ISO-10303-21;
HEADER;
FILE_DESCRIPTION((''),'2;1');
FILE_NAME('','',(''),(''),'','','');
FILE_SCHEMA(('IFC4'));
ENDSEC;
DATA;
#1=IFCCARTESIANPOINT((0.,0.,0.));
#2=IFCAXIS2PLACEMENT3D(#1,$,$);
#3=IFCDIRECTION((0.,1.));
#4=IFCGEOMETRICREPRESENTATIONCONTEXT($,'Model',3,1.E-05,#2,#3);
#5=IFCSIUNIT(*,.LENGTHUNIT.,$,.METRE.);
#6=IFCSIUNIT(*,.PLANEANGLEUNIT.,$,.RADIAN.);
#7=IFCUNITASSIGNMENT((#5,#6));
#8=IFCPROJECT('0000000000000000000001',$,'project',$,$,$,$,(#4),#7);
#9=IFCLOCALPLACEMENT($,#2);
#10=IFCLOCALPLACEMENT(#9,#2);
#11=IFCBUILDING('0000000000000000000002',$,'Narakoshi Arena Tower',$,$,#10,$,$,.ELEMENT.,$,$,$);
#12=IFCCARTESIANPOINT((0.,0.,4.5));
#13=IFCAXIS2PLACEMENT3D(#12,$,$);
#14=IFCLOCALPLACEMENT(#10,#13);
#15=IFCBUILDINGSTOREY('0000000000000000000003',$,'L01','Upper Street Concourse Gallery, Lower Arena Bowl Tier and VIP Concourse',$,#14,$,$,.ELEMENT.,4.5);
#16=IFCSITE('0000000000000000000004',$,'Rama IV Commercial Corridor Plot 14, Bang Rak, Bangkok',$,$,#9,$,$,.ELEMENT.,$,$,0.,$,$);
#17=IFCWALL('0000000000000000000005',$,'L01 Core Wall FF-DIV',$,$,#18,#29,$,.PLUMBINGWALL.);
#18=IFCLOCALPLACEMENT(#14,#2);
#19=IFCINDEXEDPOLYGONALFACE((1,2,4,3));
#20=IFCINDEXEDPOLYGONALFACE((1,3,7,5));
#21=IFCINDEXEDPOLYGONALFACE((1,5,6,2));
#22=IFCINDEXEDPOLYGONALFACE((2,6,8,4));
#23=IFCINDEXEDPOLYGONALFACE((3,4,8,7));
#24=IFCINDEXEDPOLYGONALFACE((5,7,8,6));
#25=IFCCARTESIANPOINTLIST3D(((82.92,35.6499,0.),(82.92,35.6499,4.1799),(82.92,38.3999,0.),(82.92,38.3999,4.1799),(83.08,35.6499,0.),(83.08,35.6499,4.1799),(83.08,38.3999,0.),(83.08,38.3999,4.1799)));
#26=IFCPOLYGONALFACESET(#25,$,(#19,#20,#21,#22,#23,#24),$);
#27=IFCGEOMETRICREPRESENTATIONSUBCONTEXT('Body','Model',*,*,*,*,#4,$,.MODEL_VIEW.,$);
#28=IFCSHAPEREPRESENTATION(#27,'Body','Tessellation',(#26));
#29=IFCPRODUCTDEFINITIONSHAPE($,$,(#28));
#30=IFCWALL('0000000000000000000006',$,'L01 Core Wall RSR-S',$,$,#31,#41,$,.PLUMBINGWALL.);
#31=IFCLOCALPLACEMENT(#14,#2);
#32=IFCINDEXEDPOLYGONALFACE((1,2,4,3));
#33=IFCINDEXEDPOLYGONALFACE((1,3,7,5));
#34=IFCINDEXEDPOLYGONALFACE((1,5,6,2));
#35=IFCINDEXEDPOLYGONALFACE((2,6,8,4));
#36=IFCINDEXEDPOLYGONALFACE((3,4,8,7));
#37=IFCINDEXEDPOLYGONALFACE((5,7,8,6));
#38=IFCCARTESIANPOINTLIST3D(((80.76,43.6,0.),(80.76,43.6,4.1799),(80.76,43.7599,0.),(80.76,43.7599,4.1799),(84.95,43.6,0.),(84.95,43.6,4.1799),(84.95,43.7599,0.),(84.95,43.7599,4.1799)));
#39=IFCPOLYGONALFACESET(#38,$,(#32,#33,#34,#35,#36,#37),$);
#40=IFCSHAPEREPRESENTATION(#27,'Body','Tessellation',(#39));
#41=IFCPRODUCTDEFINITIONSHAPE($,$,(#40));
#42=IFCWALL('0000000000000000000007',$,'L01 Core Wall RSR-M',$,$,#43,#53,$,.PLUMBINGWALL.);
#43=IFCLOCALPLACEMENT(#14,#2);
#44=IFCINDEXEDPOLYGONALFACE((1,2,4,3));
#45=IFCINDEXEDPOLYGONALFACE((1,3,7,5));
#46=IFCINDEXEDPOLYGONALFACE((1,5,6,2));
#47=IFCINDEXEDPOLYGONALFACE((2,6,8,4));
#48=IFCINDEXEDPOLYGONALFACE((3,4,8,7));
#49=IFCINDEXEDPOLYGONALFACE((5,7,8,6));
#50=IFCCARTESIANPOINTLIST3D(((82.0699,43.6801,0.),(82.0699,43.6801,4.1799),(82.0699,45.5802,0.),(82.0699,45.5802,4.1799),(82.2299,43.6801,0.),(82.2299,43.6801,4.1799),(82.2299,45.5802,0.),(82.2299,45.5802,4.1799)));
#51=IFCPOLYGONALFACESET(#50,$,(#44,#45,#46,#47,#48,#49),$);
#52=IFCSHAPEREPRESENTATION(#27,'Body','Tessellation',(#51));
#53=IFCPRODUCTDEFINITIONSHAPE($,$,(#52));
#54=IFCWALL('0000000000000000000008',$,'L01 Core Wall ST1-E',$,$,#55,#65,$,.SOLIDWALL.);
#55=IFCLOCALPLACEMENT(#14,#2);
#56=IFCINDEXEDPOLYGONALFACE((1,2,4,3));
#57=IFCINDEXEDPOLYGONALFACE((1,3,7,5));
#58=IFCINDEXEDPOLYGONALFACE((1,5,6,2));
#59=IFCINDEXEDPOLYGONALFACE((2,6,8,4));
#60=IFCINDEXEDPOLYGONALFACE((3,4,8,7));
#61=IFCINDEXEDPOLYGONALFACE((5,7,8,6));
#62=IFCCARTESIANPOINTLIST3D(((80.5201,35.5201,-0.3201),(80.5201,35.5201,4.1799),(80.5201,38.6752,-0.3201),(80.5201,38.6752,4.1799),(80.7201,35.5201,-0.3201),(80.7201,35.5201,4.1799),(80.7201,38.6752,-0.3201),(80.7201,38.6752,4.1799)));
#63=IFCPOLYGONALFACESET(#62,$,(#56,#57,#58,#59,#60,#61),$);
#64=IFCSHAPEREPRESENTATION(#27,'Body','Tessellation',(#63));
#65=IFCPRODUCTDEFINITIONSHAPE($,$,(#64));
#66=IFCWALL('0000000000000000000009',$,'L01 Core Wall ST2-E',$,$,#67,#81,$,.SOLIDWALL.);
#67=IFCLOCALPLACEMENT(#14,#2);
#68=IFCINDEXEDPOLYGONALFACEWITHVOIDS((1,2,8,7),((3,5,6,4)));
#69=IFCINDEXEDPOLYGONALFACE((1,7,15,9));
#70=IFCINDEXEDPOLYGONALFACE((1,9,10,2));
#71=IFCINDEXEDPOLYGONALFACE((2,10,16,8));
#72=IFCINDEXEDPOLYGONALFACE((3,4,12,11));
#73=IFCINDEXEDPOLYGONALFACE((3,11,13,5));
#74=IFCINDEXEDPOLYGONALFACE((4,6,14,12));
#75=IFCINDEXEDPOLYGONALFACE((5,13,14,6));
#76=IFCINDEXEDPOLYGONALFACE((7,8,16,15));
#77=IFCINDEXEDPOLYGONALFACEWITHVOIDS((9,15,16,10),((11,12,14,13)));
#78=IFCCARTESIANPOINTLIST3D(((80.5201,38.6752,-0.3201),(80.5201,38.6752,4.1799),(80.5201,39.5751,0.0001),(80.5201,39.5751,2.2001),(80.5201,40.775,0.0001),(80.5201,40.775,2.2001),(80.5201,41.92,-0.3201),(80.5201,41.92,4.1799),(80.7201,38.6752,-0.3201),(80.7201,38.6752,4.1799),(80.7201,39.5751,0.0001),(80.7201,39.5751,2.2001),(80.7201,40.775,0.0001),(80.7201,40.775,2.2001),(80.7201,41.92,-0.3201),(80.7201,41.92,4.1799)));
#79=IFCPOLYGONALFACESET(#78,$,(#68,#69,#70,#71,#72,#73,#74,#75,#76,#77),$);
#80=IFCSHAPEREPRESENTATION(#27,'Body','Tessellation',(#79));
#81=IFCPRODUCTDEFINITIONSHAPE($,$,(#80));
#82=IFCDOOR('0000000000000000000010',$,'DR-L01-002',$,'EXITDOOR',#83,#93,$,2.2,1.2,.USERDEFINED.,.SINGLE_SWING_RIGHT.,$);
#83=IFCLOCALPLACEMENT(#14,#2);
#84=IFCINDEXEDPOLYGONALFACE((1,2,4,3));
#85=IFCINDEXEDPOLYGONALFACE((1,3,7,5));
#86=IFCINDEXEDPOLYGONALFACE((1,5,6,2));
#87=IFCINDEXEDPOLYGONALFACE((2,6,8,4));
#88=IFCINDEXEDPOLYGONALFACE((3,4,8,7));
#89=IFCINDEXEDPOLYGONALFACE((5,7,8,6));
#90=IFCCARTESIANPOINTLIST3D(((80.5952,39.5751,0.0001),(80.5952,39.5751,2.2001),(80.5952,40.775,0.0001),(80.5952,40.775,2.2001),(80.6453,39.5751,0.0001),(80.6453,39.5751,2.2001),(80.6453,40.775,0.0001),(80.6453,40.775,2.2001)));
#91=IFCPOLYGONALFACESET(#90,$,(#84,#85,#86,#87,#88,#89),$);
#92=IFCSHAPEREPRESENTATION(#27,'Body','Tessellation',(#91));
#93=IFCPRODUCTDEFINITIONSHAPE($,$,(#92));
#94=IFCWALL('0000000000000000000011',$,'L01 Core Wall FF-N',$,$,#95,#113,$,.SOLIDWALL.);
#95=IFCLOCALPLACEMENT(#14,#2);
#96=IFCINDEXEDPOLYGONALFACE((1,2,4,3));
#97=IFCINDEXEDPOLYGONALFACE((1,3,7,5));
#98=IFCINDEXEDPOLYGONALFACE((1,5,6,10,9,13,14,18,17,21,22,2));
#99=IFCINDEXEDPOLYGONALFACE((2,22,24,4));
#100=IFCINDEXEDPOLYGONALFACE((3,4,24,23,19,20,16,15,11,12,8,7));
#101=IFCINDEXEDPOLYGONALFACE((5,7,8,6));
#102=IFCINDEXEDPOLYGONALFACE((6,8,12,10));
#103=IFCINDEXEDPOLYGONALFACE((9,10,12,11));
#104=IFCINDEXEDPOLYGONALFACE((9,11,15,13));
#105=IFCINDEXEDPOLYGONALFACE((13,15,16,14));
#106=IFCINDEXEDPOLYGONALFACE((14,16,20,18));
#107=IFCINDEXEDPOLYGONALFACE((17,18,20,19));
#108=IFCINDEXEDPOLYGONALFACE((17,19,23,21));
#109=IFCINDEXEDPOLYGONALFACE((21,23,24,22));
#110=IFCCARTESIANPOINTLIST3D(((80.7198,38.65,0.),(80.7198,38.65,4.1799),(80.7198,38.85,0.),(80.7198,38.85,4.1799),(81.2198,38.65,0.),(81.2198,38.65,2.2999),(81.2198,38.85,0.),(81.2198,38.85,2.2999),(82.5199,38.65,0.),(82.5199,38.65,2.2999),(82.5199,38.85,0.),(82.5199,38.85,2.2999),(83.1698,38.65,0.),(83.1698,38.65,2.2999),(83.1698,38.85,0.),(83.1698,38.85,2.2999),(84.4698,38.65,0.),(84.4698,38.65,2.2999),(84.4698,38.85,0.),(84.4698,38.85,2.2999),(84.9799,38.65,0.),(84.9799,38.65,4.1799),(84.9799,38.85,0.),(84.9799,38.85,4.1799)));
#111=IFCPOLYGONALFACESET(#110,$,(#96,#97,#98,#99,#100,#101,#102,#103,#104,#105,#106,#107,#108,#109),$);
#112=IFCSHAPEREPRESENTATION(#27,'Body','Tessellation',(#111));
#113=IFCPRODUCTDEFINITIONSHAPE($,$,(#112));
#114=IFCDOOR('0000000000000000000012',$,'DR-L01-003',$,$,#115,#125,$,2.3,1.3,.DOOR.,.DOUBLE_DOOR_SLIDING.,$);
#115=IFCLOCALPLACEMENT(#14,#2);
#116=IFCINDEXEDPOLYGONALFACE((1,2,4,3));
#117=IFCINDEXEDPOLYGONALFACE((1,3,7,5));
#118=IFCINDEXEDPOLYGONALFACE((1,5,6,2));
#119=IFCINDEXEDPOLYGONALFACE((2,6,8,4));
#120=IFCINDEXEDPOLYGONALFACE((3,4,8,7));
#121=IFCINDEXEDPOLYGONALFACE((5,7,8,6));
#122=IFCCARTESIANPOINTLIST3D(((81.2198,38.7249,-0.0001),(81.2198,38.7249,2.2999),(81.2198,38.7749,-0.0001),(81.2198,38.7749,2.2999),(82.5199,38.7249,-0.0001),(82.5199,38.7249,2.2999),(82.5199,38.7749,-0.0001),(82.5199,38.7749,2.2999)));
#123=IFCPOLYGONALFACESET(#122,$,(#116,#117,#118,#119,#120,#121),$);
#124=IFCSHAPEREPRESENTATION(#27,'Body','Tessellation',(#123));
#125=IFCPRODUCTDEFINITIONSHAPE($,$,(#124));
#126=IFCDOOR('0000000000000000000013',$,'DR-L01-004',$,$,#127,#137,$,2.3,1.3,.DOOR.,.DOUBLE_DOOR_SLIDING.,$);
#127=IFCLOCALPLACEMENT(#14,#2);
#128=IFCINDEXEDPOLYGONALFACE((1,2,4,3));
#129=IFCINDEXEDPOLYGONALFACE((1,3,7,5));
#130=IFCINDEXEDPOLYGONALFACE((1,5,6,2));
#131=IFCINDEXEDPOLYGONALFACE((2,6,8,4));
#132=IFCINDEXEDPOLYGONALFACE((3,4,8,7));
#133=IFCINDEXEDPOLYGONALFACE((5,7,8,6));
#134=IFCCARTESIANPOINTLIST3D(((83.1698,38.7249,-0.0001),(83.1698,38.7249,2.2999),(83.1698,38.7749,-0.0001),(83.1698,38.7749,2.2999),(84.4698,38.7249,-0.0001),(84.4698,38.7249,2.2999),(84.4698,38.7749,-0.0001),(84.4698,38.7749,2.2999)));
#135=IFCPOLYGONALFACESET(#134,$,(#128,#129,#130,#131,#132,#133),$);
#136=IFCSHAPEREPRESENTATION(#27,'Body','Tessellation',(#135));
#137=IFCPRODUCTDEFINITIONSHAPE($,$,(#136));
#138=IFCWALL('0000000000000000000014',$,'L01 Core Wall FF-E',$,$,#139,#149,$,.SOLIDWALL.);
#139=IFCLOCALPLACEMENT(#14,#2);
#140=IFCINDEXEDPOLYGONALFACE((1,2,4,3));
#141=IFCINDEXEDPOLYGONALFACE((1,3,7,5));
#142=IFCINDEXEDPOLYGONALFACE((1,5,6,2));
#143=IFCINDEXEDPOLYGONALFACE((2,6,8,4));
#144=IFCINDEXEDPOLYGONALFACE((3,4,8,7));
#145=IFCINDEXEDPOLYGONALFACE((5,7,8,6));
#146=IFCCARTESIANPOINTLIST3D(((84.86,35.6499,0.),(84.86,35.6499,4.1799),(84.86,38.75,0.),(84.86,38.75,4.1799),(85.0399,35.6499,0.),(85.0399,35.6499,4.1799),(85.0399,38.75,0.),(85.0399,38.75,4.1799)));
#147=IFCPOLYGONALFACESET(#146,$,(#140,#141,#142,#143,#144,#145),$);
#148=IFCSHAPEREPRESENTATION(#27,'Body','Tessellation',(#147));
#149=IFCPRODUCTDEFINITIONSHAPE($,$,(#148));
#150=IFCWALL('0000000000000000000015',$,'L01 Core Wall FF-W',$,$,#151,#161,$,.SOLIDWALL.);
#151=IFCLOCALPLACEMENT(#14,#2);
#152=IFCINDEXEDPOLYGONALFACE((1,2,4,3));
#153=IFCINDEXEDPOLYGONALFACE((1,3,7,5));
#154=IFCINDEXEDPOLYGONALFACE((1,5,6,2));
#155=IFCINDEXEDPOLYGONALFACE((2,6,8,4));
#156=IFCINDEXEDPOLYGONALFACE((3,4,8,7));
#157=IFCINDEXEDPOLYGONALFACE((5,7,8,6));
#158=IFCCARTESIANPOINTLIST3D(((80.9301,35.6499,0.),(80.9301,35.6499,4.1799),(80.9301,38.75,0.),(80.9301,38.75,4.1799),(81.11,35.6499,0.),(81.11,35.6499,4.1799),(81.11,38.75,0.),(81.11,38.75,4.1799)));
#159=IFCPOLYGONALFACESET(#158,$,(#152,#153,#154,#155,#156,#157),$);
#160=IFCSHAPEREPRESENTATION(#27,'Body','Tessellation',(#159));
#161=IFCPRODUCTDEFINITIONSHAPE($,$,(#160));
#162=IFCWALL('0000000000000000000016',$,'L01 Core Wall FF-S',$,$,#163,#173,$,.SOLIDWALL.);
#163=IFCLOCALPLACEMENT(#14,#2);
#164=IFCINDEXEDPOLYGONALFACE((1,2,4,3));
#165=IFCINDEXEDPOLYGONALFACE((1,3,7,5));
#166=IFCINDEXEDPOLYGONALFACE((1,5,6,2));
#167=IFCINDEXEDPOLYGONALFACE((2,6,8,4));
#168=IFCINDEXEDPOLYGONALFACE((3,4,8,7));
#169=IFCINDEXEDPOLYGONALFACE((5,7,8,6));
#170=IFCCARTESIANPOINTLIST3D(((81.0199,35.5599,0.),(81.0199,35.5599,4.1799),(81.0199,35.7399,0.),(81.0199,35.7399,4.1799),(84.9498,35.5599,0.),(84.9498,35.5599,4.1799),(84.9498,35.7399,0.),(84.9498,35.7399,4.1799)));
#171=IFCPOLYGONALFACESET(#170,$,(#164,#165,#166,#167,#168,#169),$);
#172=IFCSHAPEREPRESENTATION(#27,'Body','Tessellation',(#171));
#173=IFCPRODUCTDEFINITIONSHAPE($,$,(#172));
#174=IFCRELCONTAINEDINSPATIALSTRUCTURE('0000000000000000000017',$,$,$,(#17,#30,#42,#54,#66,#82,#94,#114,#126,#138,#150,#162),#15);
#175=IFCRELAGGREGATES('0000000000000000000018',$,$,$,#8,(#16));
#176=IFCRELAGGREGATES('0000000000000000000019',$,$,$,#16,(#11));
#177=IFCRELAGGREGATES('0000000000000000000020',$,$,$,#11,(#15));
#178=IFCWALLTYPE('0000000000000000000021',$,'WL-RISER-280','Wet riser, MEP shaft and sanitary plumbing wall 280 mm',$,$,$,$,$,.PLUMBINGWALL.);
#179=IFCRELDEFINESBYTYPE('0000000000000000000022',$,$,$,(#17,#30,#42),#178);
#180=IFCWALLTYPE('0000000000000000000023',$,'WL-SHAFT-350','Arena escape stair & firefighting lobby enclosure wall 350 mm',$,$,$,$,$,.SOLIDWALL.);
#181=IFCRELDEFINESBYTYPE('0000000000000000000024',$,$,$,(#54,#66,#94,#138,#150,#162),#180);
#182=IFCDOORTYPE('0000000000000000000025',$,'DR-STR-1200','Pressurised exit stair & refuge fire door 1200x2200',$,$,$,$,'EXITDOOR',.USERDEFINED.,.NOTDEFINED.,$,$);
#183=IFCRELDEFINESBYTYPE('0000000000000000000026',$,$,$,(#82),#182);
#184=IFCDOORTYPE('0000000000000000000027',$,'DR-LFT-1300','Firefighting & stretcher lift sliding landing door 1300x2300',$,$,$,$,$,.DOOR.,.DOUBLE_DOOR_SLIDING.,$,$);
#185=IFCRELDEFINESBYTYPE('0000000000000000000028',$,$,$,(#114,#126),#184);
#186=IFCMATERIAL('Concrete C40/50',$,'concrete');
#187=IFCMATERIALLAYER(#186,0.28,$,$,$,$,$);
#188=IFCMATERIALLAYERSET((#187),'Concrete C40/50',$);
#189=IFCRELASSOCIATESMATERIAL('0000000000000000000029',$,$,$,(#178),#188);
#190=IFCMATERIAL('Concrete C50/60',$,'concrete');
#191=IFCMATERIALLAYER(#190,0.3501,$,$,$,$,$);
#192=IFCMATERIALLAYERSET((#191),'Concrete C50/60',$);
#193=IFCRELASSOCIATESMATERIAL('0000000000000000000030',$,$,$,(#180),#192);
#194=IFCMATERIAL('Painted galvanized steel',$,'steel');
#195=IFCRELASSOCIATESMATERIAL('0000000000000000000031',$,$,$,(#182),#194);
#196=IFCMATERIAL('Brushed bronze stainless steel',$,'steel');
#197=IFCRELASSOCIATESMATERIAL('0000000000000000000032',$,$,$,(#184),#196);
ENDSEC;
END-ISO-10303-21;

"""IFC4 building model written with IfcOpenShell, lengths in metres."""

from ifc_helpers import new_model, si_unit, direction, frame, frame_2d, origin, place, context, subcontext, project, spatial, rectangle, extrude, material, layer, layer_set, type_object, element, fill, save


model = new_model("IFC4")

# Units and contexts
model_context = context("Model", 3, precision=1e-05, world=origin(), true_north=direction((0.0, 1.0)))
body_context = subcontext(model_context, "Body", "Model", "MODEL_VIEW")
ifc_project = project(units=[si_unit("LENGTHUNIT", "METRE"), si_unit("PLANEANGLEUNIT", "RADIAN")], contexts=[model_context])

# Site, building, storey
site_placement = place(None, origin())
site = spatial("IfcSite", under=ifc_project, at=site_placement, Name="Rama IV Commercial Corridor Plot 14, Bang Rak, Bangkok", CompositionType="ELEMENT", RefElevation=0.0)
building_placement = place(site_placement, origin())
building = spatial("IfcBuilding", under=site, at=building_placement, Name="Narakoshi Arena Tower", CompositionType="ELEMENT")
storey_placement = place(building_placement, frame((0.0, 0.0, 4.5)))
storey = spatial("IfcBuildingStorey", under=building, at=storey_placement, Name="L01", Description="Upper Street Concourse Gallery, Lower Arena Bowl Tier and VIP Concourse", CompositionType="ELEMENT", Elevation=4.5)

# Walls
ifc_material_1 = material(Name="Concrete C40/50", Category="concrete")
ifc_layer_1 = layer(ifc_material_1, 0.28)
ifc_layer_set_1 = layer_set([ifc_layer_1], Name="Concrete C40/50")
wall_type_1 = type_object("IfcWallType", Name="WL-RISER-280", Description="Wet riser, MEP shaft and sanitary plumbing wall 280 mm", PredefinedType="PLUMBINGWALL", material=ifc_layer_set_1)
wall_1_placement = place(storey_placement, frame((83.0, 35.6499, 0.0), z_axis=(0.0, 0.0, 1.0), x_axis=(0.0, 1.0, 0.0)))
element("IfcWall", 1, at=wall_1_placement, inside=storey, type_object=wall_type_1, Name="L01 Core Wall FF-DIV", PredefinedType="PLUMBINGWALL", context=body_context, shape_type="SweptSolid", body=[
    extrude(rectangle(XDim=2.75, YDim=0.1599, at=frame_2d((1.375, 0.0))), origin(), (0.0, 0.0, 1.0), 4.1799),
])
wall_2_placement = place(storey_placement, frame((80.76, 43.6799, 0.0), z_axis=(0.0, 0.0, 1.0), x_axis=(1.0, 0.0, 0.0)))
element("IfcWall", 2, at=wall_2_placement, inside=storey, type_object=wall_type_1, Name="L01 Core Wall RSR-S", PredefinedType="PLUMBINGWALL", context=body_context, shape_type="SweptSolid", body=[
    extrude(rectangle(XDim=4.1899, YDim=0.1599, at=frame_2d((2.095, 0.0))), origin(), (0.0, 0.0, 1.0), 4.1799),
])
wall_3_placement = place(storey_placement, frame((82.1499, 43.6799, 0.0), z_axis=(0.0, 0.0, 1.0), x_axis=(0.0, 1.0, 0.0)))
element("IfcWall", 3, at=wall_3_placement, inside=storey, type_object=wall_type_1, Name="L01 Core Wall RSR-M", PredefinedType="PLUMBINGWALL", context=body_context, shape_type="SweptSolid", body=[
    extrude(rectangle(XDim=1.9001, YDim=0.1599, at=frame_2d((0.9502, 0.0))), origin(), (0.0, 0.0, 1.0), 4.1799),
])
ifc_material_2 = material(Name="Concrete C50/60", Category="concrete")
ifc_layer_2 = layer(ifc_material_2, 0.3501)
ifc_layer_set_2 = layer_set([ifc_layer_2], Name="Concrete C50/60")
wall_type_2 = type_object("IfcWallType", Name="WL-SHAFT-350", Description="Arena escape stair & firefighting lobby enclosure wall 350 mm", PredefinedType="SOLIDWALL", material=ifc_layer_set_2)
wall_4_placement = place(storey_placement, frame((80.6201, 35.52, -0.3201), z_axis=(0.0, 0.0, 1.0), x_axis=(0.0, 1.0, 0.0)))
element("IfcWall", 4, at=wall_4_placement, inside=storey, type_object=wall_type_2, Name="L01 Core Wall ST1-E", PredefinedType="SOLIDWALL", context=body_context, shape_type="SweptSolid", body=[
    extrude(rectangle(XDim=3.155, YDim=0.2, at=frame_2d((1.5776, 0.0))), origin(), (0.0, 0.0, 1.0), 4.5),
])

# Wall, opening, door
wall_5_placement = place(storey_placement, frame((80.6201, 38.675, -0.3201), z_axis=(0.0, 0.0, 1.0), x_axis=(0.0, 1.0, 0.0)))
wall_5 = element("IfcWall", 5, at=wall_5_placement, inside=storey, type_object=wall_type_2, Name="L01 Core Wall ST2-E", PredefinedType="SOLIDWALL", context=body_context, shape_type="SweptSolid", body=[
    extrude(rectangle(XDim=3.2449, YDim=0.2, at=frame_2d((1.6226, 0.0))), origin(), (0.0, 0.0, 1.0), 4.5),
])
opening_1_placement = place(wall_5_placement, frame((0.8999, 0.0, 0.3201)))
opening_1 = element("IfcOpeningElement", 6, at=opening_1_placement, cuts=wall_5, PredefinedType="OPENING", context=body_context, shape_type="SweptSolid", body=[
    extrude(rectangle(XDim=1.2, YDim=2.2, at=frame_2d((0.6001, 1.1001))), frame((0.0, 0.1099, 0.0), z_axis=(0.0, -1.0, 0.0), x_axis=(1.0, 0.0, 0.0)), (0.0, 0.0, 1.0), 0.22),
])
ifc_material_3 = material(Name="Painted galvanized steel", Category="steel")
door_type_1 = type_object("IfcDoorType", Name="DR-STR-1200", Description="Pressurised exit stair & refuge fire door 1200x2200", ElementType="EXITDOOR", OperationType="NOTDEFINED", PredefinedType="USERDEFINED", material=ifc_material_3)
door_1_placement = place(opening_1_placement, origin())
door_1 = element("IfcDoor", 7, at=door_1_placement, inside=storey, type_object=door_type_1, Name="DR-L01-002", ObjectType="EXITDOOR", OperationType="SINGLE_SWING_RIGHT", OverallHeight=2.2, OverallWidth=1.2, PredefinedType="USERDEFINED", context=body_context, shape_type="SweptSolid", body=[
    extrude(rectangle(XDim=1.2, YDim=2.2, at=frame_2d((0.6001, 1.1001))), frame((0.0, 0.0249, 0.0), z_axis=(0.0, -1.0, 0.0), x_axis=(1.0, 0.0, 0.0)), (0.0, 0.0, 1.0), 0.05),
])
fill(opening_1, door_1)

# Wall, openings, doors
wall_6_placement = place(storey_placement, frame((80.72, 38.75, 0.0), z_axis=(0.0, 0.0, 1.0), x_axis=(1.0, 0.0, 0.0)))
wall_6 = element("IfcWall", 8, at=wall_6_placement, inside=storey, type_object=wall_type_2, Name="L01 Core Wall FF-N", PredefinedType="SOLIDWALL", context=body_context, shape_type="SweptSolid", body=[
    extrude(rectangle(XDim=4.26, YDim=0.2, at=frame_2d((2.1299, 0.0))), origin(), (0.0, 0.0, 1.0), 4.1799),
])
opening_2_placement = place(wall_6_placement, frame((0.5, 0.0, 0.0)))
opening_2 = element("IfcOpeningElement", 9, at=opening_2_placement, cuts=wall_6, PredefinedType="OPENING", context=body_context, shape_type="SweptSolid", body=[
    extrude(rectangle(XDim=1.3, YDim=2.3, at=frame_2d((0.6499, 1.1499))), frame((0.0, 0.1099, 0.0), z_axis=(0.0, -1.0, 0.0), x_axis=(1.0, 0.0, 0.0)), (0.0, 0.0, 1.0), 0.22),
])
opening_3_placement = place(wall_6_placement, frame((2.45, 0.0, 0.0)))
opening_3 = element("IfcOpeningElement", 10, at=opening_3_placement, cuts=wall_6, PredefinedType="OPENING", context=body_context, shape_type="SweptSolid", body=[
    extrude(rectangle(XDim=1.3, YDim=2.3, at=frame_2d((0.6499, 1.1499))), frame((0.0, 0.1099, 0.0), z_axis=(0.0, -1.0, 0.0), x_axis=(1.0, 0.0, 0.0)), (0.0, 0.0, 1.0), 0.22),
])
ifc_material_4 = material(Name="Brushed bronze stainless steel", Category="steel")
door_type_2 = type_object("IfcDoorType", Name="DR-LFT-1300", Description="Firefighting & stretcher lift sliding landing door 1300x2300", OperationType="DOUBLE_DOOR_SLIDING", PredefinedType="DOOR", material=ifc_material_4)
door_2_placement = place(opening_2_placement, origin())
door_2 = element("IfcDoor", 11, at=door_2_placement, inside=storey, type_object=door_type_2, Name="DR-L01-003", OperationType="DOUBLE_DOOR_SLIDING", OverallHeight=2.3, OverallWidth=1.3, PredefinedType="DOOR", context=body_context, shape_type="SweptSolid", body=[
    extrude(rectangle(XDim=1.3, YDim=2.3, at=frame_2d((0.6499, 1.1499))), frame((0.0, 0.0249, 0.0), z_axis=(0.0, -1.0, 0.0), x_axis=(1.0, 0.0, 0.0)), (0.0, 0.0, 1.0), 0.05),
])
fill(opening_2, door_2)
door_3_placement = place(opening_3_placement, origin())
door_3 = element("IfcDoor", 12, at=door_3_placement, inside=storey, type_object=door_type_2, Name="DR-L01-004", OperationType="DOUBLE_DOOR_SLIDING", OverallHeight=2.3, OverallWidth=1.3, PredefinedType="DOOR", context=body_context, shape_type="SweptSolid", body=[
    extrude(rectangle(XDim=1.3, YDim=2.3, at=frame_2d((0.6499, 1.1499))), frame((0.0, 0.0249, 0.0), z_axis=(0.0, -1.0, 0.0), x_axis=(1.0, 0.0, 0.0)), (0.0, 0.0, 1.0), 0.05),
])
fill(opening_3, door_3)

# Walls
for number, where, z_axis, x_axis, name in (
    (13, (84.95, 35.6499, 0.0), (0.0, 0.0, 1.0), (0.0, 1.0, 0.0), "L01 Core Wall FF-E"),
    (14, (81.02, 35.6499, 0.0), (0.0, 0.0, 1.0), (0.0, 1.0, 0.0), "L01 Core Wall FF-W"),
):
    element("IfcWall", number, at=place(storey_placement, frame(where, z_axis=z_axis, x_axis=x_axis)), inside=storey, type_object=wall_type_2, Name=name, PredefinedType="SOLIDWALL", context=body_context, shape_type="SweptSolid", body=[
        extrude(rectangle(XDim=3.1001, YDim=0.1799, at=frame_2d((1.55, 0.0))), origin(), (0.0, 0.0, 1.0), 4.1799),
    ])
wall_7_placement = place(storey_placement, frame((81.02, 35.6499, 0.0), z_axis=(0.0, 0.0, 1.0), x_axis=(1.0, 0.0, 0.0)))
element("IfcWall", 15, at=wall_7_placement, inside=storey, type_object=wall_type_2, Name="L01 Core Wall FF-S", PredefinedType="SOLIDWALL", context=body_context, shape_type="SweptSolid", body=[
    extrude(rectangle(XDim=3.9299, YDim=0.1799, at=frame_2d((1.9648, 0.0))), origin(), (0.0, 0.0, 1.0), 4.1799),
])

save(model, "model.ifc")
